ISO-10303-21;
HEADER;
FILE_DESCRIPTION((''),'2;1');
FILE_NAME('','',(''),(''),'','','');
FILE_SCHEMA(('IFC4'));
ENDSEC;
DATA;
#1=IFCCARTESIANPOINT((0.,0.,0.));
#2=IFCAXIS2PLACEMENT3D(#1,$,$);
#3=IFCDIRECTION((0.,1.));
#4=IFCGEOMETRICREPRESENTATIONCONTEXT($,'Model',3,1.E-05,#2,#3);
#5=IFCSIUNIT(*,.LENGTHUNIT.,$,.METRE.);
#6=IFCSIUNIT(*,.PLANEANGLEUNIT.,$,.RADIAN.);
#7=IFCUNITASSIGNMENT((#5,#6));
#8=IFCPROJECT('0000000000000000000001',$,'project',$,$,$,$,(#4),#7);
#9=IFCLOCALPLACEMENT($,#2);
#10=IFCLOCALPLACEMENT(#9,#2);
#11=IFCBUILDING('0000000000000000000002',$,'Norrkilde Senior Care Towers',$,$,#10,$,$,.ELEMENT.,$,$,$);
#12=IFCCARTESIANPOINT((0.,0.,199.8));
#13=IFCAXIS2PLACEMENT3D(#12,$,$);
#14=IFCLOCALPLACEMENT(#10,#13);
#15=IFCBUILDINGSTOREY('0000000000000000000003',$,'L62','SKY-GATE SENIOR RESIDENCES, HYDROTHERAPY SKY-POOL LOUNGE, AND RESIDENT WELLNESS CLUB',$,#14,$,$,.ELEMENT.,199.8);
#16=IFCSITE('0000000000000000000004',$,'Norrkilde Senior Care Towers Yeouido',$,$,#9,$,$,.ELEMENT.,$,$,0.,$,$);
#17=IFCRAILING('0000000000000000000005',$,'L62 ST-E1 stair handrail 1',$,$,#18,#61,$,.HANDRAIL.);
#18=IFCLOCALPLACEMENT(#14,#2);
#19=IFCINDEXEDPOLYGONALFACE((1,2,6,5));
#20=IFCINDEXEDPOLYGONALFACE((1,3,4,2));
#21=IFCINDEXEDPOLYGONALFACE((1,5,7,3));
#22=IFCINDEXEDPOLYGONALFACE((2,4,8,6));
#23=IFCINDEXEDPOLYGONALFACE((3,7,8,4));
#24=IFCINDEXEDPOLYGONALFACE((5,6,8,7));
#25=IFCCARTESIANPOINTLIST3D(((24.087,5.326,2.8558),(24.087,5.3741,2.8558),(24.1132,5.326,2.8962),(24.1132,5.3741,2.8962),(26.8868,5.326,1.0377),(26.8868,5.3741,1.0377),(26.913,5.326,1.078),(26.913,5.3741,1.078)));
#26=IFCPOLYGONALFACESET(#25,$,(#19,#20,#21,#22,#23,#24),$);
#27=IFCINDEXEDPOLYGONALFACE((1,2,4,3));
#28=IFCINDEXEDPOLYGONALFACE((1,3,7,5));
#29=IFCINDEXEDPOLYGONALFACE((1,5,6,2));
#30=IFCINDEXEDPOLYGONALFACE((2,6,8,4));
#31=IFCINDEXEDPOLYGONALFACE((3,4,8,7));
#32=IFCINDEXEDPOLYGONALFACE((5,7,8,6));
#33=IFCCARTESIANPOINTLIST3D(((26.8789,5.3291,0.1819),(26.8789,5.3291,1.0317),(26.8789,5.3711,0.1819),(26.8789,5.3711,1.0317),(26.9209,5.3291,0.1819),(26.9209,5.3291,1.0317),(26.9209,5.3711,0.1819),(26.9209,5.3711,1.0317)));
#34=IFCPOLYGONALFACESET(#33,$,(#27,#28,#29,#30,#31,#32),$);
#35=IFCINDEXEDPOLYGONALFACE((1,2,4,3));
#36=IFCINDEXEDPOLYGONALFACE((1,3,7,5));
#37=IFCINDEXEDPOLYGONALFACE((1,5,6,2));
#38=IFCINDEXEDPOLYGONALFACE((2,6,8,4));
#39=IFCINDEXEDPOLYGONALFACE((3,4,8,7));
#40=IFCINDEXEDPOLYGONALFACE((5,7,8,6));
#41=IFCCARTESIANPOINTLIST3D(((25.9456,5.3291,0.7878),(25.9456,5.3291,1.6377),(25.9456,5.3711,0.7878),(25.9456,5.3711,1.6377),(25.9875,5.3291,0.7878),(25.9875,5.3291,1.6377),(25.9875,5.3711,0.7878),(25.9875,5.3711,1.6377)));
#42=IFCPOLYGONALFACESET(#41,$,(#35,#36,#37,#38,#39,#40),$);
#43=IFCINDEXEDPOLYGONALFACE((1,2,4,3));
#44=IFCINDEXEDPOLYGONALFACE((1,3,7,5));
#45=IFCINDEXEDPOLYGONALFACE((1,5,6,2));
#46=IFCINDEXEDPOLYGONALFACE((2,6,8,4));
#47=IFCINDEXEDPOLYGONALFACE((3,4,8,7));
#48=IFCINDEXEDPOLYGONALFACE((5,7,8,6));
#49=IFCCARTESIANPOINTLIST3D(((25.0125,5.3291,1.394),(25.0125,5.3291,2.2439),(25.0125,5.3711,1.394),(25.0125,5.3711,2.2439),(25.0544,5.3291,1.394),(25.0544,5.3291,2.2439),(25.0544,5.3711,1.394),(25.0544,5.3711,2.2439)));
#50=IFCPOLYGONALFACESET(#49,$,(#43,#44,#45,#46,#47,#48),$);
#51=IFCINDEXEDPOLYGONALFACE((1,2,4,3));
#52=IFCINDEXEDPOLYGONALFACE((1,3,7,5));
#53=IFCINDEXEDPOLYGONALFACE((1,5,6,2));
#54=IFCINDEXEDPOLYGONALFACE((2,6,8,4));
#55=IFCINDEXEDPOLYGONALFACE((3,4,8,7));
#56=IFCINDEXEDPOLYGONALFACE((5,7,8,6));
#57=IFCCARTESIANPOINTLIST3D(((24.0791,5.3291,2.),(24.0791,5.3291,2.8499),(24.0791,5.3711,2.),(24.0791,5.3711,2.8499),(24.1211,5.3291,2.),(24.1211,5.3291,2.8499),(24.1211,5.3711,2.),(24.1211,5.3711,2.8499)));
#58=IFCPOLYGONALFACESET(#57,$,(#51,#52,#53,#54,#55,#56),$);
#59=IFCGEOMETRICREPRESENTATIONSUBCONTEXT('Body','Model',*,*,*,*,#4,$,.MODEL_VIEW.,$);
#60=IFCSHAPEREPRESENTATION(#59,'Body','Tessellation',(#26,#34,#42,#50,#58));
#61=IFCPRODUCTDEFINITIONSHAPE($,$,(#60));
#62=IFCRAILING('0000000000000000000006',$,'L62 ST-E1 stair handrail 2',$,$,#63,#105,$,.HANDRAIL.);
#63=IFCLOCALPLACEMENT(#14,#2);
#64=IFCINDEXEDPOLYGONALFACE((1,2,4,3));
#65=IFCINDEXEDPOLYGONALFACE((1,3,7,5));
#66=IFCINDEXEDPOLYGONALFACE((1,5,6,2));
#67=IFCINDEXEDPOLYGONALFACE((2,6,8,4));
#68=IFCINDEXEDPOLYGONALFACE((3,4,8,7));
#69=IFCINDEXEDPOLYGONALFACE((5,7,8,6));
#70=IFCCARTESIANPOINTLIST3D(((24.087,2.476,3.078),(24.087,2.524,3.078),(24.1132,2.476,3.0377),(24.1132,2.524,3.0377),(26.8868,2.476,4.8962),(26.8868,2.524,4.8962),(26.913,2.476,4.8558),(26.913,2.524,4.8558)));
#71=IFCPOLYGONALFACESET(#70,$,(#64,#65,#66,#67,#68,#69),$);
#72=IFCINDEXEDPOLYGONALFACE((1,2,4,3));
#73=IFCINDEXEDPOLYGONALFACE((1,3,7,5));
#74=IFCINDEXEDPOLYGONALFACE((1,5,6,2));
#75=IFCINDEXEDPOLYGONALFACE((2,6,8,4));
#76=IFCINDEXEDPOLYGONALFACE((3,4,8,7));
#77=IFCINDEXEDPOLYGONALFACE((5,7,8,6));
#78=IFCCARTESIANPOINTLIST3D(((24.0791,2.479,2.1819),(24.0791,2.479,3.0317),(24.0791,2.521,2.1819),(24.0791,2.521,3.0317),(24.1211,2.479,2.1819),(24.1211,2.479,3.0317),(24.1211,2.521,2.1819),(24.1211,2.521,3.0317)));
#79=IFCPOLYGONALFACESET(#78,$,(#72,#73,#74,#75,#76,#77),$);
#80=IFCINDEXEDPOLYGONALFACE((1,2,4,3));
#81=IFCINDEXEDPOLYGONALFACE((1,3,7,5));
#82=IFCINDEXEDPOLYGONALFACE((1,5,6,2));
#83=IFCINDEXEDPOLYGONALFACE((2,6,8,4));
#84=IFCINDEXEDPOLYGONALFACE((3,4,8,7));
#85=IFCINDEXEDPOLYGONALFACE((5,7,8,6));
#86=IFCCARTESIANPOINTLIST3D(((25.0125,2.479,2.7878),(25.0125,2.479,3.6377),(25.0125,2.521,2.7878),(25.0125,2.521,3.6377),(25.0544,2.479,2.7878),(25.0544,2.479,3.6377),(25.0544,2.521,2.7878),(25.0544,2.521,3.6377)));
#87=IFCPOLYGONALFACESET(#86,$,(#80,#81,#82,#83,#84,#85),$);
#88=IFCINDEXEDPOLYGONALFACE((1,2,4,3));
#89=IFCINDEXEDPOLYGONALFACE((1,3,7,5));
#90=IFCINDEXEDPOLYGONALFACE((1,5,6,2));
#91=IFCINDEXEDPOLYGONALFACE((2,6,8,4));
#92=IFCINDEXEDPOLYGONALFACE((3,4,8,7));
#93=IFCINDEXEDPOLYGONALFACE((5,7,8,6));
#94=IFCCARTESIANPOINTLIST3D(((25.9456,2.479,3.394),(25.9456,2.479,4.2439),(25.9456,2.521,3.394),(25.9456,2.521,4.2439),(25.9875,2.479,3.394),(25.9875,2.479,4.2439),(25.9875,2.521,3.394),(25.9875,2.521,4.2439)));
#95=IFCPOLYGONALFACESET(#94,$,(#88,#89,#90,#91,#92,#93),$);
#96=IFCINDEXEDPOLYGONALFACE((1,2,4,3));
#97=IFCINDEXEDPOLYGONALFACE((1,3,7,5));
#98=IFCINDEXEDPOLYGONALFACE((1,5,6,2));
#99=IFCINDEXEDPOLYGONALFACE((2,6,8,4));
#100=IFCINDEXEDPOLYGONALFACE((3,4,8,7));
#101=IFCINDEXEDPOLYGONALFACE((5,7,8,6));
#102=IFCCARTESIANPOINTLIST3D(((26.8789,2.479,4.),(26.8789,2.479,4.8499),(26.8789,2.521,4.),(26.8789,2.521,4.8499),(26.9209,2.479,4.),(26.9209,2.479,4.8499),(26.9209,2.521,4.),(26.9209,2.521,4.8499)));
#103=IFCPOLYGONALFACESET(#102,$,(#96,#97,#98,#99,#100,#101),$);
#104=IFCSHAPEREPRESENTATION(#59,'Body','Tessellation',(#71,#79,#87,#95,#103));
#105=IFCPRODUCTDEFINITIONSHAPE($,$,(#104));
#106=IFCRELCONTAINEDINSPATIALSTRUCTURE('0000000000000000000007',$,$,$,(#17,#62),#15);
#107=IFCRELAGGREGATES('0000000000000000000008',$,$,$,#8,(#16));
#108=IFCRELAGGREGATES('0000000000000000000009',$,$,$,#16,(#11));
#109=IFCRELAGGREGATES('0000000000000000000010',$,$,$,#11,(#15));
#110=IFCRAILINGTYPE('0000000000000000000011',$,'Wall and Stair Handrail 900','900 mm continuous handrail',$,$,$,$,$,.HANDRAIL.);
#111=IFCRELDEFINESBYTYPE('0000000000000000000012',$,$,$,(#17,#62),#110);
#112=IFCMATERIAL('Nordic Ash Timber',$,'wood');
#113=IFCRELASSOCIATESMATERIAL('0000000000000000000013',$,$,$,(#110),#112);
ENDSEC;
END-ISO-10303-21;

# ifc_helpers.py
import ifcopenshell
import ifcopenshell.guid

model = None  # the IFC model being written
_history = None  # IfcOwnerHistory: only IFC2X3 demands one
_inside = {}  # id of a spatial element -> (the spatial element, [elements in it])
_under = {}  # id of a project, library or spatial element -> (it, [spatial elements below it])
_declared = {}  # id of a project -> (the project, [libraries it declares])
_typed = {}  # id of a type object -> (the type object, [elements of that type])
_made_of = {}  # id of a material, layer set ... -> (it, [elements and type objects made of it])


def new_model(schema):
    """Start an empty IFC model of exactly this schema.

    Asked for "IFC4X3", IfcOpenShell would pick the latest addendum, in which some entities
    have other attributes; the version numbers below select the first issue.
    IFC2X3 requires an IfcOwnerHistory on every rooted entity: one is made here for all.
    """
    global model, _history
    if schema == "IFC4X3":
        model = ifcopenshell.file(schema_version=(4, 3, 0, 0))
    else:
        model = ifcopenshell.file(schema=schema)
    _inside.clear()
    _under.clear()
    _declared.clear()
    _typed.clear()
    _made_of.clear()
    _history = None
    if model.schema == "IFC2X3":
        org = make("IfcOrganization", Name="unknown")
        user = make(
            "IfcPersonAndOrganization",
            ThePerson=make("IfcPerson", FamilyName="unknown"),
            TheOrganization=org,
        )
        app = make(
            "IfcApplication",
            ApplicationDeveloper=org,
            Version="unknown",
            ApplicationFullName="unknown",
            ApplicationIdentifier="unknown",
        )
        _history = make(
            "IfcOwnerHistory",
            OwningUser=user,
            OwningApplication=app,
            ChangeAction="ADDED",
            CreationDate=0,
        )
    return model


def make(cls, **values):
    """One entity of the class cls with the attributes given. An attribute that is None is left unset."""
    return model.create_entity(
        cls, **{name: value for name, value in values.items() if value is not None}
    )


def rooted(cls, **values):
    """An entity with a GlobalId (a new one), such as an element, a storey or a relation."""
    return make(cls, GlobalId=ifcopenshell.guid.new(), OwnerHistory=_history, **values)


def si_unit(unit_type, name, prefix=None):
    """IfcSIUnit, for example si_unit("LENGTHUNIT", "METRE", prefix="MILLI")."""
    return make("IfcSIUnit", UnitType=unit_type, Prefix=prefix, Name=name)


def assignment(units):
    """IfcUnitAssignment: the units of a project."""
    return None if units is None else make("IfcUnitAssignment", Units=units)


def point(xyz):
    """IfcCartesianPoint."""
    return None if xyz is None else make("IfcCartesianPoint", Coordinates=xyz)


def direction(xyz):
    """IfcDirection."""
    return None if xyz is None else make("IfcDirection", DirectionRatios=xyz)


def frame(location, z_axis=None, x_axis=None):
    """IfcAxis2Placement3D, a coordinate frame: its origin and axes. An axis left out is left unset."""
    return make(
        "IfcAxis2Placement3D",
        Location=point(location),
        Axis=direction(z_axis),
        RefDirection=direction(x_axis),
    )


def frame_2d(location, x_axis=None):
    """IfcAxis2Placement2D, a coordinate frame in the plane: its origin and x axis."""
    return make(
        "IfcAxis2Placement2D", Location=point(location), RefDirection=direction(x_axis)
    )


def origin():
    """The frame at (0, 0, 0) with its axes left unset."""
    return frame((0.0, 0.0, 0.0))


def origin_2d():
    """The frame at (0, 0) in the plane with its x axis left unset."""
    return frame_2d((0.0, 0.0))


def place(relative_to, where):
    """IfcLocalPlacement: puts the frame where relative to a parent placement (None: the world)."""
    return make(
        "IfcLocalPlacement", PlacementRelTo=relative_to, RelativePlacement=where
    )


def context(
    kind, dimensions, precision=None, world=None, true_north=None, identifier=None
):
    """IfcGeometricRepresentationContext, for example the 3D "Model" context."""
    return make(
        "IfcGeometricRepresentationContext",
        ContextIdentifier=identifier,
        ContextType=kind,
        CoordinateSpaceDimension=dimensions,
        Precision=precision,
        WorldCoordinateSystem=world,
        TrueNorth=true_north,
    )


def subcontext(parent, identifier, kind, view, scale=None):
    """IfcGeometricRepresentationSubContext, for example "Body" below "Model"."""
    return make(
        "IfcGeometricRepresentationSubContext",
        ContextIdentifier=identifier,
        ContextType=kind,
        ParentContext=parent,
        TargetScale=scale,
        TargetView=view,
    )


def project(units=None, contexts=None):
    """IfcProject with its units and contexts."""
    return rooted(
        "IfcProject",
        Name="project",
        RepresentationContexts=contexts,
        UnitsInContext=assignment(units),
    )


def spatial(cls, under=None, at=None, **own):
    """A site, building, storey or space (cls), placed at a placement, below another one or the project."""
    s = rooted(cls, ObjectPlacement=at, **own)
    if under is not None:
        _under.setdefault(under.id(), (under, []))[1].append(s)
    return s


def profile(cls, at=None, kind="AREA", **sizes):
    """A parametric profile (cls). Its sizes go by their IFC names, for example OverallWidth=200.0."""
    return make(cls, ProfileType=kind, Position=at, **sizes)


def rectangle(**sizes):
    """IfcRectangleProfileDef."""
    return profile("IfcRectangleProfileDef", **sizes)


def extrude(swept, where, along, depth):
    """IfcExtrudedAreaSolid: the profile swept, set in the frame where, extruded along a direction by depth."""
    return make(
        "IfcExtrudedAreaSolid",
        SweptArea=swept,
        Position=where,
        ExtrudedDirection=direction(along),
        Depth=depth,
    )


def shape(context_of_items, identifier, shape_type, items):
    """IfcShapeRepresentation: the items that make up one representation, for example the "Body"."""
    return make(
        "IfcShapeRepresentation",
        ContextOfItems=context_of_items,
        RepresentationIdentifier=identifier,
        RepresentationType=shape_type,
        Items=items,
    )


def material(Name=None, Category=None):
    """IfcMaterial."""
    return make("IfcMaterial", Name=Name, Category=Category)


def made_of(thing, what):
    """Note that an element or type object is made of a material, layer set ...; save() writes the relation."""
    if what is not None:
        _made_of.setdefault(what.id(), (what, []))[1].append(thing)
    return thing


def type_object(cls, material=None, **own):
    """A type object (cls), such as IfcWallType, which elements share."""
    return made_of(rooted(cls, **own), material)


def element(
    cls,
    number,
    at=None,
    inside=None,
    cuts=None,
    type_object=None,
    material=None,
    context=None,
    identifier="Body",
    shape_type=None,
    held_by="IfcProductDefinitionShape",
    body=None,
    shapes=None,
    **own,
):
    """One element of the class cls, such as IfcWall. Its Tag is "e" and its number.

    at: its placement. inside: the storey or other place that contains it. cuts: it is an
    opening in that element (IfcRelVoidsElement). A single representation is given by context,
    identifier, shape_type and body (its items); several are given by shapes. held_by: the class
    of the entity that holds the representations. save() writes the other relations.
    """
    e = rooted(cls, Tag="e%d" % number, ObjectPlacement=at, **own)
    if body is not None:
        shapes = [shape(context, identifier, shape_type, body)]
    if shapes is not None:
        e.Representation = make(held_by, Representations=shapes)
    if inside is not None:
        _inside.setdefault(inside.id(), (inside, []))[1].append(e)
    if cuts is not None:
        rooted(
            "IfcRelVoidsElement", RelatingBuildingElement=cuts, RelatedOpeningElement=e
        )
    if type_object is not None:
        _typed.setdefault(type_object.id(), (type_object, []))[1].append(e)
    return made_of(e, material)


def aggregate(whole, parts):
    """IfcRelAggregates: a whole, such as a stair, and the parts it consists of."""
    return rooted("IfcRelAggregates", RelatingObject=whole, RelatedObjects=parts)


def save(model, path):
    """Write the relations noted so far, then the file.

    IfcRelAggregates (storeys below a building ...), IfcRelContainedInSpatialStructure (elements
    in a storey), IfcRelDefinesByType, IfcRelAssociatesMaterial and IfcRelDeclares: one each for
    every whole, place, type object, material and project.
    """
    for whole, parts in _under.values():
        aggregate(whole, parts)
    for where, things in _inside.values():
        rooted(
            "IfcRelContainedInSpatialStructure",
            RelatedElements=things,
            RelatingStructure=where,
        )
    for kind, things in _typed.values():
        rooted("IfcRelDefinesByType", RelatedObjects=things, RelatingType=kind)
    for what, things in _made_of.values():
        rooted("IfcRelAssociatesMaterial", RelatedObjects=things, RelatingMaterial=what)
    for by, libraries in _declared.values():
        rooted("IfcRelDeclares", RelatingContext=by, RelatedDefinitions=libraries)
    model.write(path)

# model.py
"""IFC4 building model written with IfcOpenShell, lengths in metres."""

from ifc_helpers import new_model, si_unit, direction, frame, origin, origin_2d, place, context, subcontext, project, spatial, rectangle, extrude, material, type_object, element, save


model = new_model("IFC4")

# Units and contexts
model_context = context("Model", 3, precision=1e-05, world=origin(), true_north=direction((0.0, 1.0)))
body_context = subcontext(model_context, "Body", "Model", "MODEL_VIEW")
ifc_project = project(units=[si_unit("LENGTHUNIT", "METRE"), si_unit("PLANEANGLEUNIT", "RADIAN")], contexts=[model_context])

# Site, building, storey
site_placement = place(None, origin())
site = spatial("IfcSite", under=ifc_project, at=site_placement, Name="Norrkilde Senior Care Towers Yeouido", CompositionType="ELEMENT", RefElevation=0.0)
building_placement = place(site_placement, origin())
building = spatial("IfcBuilding", under=site, at=building_placement, Name="Norrkilde Senior Care Towers", CompositionType="ELEMENT")
storey_placement = place(building_placement, frame((0.0, 0.0, 199.8)))
storey = spatial("IfcBuildingStorey", under=building, at=storey_placement, Name="L62", Description="SKY-GATE SENIOR RESIDENCES, HYDROTHERAPY SKY-POOL LOUNGE, AND RESIDENT WELLNESS CLUB", CompositionType="ELEMENT", Elevation=199.8)

# Shared definitions
ifc_material_1 = material(Name="Nordic Ash Timber", Category="wood")

# Railings
railing_type_1 = type_object("IfcRailingType", Name="Wall and Stair Handrail 900", Description="900 mm continuous handrail", PredefinedType="HANDRAIL", material=ifc_material_1)
railing_1_placement = place(storey_placement, frame((26.8999, 5.3501, 0.1819)))
element("IfcRailing", 1, at=railing_1_placement, inside=storey, type_object=railing_type_1, Name="L62 ST-E1 stair handrail 1", PredefinedType="HANDRAIL", context=body_context, shape_type="SweptSolid", body=[
    extrude(rectangle(XDim=0.0481, YDim=0.0481, at=origin_2d()), frame((0.0, 0.0, 0.876), z_axis=(-0.838684, 0.0, 0.544618), x_axis=(0.0, -1.0, 0.0)), (0.0, 0.0, 1.0), 3.3384),
    extrude(rectangle(XDim=0.042, YDim=0.042, at=origin_2d()), origin(), (0.0, 0.0, 1.0), 0.8499),
    extrude(rectangle(XDim=0.042, YDim=0.042, at=origin_2d()), frame((-0.9333, 0.0, 0.606)), (0.0, 0.0, 1.0), 0.8499),
    extrude(rectangle(XDim=0.042, YDim=0.042, at=origin_2d()), frame((-1.8665, 0.0, 1.2122)), (0.0, 0.0, 1.0), 0.8499),
    extrude(rectangle(XDim=0.042, YDim=0.042, at=origin_2d()), frame((-2.7998, 0.0, 1.8181)), (0.0, 0.0, 1.0), 0.8499),
])
railing_2_placement = place(storey_placement, frame((24.1001, 2.5, 2.1819)))
element("IfcRailing", 2, at=railing_2_placement, inside=storey, type_object=railing_type_1, Name="L62 ST-E1 stair handrail 2", PredefinedType="HANDRAIL", context=body_context, shape_type="SweptSolid", body=[
    extrude(rectangle(XDim=0.0481, YDim=0.0481, at=origin_2d()), frame((0.0, 0.0, 0.876), z_axis=(0.838684, 0.0, 0.544618), x_axis=(0.0, 1.0, 0.0)), (0.0, 0.0, 1.0), 3.3384),
    extrude(rectangle(XDim=0.042, YDim=0.042, at=origin_2d()), origin(), (0.0, 0.0, 1.0), 0.8499),
    extrude(rectangle(XDim=0.042, YDim=0.042, at=origin_2d()), frame((0.9333, 0.0, 0.606)), (0.0, 0.0, 1.0), 0.8499),
    extrude(rectangle(XDim=0.042, YDim=0.042, at=origin_2d()), frame((1.8665, 0.0, 1.2122)), (0.0, 0.0, 1.0), 0.8499),
    extrude(rectangle(XDim=0.042, YDim=0.042, at=origin_2d()), frame((2.7998, 0.0, 1.8181)), (0.0, 0.0, 1.0), 0.8499),
])

save(model, "model.ifc")
